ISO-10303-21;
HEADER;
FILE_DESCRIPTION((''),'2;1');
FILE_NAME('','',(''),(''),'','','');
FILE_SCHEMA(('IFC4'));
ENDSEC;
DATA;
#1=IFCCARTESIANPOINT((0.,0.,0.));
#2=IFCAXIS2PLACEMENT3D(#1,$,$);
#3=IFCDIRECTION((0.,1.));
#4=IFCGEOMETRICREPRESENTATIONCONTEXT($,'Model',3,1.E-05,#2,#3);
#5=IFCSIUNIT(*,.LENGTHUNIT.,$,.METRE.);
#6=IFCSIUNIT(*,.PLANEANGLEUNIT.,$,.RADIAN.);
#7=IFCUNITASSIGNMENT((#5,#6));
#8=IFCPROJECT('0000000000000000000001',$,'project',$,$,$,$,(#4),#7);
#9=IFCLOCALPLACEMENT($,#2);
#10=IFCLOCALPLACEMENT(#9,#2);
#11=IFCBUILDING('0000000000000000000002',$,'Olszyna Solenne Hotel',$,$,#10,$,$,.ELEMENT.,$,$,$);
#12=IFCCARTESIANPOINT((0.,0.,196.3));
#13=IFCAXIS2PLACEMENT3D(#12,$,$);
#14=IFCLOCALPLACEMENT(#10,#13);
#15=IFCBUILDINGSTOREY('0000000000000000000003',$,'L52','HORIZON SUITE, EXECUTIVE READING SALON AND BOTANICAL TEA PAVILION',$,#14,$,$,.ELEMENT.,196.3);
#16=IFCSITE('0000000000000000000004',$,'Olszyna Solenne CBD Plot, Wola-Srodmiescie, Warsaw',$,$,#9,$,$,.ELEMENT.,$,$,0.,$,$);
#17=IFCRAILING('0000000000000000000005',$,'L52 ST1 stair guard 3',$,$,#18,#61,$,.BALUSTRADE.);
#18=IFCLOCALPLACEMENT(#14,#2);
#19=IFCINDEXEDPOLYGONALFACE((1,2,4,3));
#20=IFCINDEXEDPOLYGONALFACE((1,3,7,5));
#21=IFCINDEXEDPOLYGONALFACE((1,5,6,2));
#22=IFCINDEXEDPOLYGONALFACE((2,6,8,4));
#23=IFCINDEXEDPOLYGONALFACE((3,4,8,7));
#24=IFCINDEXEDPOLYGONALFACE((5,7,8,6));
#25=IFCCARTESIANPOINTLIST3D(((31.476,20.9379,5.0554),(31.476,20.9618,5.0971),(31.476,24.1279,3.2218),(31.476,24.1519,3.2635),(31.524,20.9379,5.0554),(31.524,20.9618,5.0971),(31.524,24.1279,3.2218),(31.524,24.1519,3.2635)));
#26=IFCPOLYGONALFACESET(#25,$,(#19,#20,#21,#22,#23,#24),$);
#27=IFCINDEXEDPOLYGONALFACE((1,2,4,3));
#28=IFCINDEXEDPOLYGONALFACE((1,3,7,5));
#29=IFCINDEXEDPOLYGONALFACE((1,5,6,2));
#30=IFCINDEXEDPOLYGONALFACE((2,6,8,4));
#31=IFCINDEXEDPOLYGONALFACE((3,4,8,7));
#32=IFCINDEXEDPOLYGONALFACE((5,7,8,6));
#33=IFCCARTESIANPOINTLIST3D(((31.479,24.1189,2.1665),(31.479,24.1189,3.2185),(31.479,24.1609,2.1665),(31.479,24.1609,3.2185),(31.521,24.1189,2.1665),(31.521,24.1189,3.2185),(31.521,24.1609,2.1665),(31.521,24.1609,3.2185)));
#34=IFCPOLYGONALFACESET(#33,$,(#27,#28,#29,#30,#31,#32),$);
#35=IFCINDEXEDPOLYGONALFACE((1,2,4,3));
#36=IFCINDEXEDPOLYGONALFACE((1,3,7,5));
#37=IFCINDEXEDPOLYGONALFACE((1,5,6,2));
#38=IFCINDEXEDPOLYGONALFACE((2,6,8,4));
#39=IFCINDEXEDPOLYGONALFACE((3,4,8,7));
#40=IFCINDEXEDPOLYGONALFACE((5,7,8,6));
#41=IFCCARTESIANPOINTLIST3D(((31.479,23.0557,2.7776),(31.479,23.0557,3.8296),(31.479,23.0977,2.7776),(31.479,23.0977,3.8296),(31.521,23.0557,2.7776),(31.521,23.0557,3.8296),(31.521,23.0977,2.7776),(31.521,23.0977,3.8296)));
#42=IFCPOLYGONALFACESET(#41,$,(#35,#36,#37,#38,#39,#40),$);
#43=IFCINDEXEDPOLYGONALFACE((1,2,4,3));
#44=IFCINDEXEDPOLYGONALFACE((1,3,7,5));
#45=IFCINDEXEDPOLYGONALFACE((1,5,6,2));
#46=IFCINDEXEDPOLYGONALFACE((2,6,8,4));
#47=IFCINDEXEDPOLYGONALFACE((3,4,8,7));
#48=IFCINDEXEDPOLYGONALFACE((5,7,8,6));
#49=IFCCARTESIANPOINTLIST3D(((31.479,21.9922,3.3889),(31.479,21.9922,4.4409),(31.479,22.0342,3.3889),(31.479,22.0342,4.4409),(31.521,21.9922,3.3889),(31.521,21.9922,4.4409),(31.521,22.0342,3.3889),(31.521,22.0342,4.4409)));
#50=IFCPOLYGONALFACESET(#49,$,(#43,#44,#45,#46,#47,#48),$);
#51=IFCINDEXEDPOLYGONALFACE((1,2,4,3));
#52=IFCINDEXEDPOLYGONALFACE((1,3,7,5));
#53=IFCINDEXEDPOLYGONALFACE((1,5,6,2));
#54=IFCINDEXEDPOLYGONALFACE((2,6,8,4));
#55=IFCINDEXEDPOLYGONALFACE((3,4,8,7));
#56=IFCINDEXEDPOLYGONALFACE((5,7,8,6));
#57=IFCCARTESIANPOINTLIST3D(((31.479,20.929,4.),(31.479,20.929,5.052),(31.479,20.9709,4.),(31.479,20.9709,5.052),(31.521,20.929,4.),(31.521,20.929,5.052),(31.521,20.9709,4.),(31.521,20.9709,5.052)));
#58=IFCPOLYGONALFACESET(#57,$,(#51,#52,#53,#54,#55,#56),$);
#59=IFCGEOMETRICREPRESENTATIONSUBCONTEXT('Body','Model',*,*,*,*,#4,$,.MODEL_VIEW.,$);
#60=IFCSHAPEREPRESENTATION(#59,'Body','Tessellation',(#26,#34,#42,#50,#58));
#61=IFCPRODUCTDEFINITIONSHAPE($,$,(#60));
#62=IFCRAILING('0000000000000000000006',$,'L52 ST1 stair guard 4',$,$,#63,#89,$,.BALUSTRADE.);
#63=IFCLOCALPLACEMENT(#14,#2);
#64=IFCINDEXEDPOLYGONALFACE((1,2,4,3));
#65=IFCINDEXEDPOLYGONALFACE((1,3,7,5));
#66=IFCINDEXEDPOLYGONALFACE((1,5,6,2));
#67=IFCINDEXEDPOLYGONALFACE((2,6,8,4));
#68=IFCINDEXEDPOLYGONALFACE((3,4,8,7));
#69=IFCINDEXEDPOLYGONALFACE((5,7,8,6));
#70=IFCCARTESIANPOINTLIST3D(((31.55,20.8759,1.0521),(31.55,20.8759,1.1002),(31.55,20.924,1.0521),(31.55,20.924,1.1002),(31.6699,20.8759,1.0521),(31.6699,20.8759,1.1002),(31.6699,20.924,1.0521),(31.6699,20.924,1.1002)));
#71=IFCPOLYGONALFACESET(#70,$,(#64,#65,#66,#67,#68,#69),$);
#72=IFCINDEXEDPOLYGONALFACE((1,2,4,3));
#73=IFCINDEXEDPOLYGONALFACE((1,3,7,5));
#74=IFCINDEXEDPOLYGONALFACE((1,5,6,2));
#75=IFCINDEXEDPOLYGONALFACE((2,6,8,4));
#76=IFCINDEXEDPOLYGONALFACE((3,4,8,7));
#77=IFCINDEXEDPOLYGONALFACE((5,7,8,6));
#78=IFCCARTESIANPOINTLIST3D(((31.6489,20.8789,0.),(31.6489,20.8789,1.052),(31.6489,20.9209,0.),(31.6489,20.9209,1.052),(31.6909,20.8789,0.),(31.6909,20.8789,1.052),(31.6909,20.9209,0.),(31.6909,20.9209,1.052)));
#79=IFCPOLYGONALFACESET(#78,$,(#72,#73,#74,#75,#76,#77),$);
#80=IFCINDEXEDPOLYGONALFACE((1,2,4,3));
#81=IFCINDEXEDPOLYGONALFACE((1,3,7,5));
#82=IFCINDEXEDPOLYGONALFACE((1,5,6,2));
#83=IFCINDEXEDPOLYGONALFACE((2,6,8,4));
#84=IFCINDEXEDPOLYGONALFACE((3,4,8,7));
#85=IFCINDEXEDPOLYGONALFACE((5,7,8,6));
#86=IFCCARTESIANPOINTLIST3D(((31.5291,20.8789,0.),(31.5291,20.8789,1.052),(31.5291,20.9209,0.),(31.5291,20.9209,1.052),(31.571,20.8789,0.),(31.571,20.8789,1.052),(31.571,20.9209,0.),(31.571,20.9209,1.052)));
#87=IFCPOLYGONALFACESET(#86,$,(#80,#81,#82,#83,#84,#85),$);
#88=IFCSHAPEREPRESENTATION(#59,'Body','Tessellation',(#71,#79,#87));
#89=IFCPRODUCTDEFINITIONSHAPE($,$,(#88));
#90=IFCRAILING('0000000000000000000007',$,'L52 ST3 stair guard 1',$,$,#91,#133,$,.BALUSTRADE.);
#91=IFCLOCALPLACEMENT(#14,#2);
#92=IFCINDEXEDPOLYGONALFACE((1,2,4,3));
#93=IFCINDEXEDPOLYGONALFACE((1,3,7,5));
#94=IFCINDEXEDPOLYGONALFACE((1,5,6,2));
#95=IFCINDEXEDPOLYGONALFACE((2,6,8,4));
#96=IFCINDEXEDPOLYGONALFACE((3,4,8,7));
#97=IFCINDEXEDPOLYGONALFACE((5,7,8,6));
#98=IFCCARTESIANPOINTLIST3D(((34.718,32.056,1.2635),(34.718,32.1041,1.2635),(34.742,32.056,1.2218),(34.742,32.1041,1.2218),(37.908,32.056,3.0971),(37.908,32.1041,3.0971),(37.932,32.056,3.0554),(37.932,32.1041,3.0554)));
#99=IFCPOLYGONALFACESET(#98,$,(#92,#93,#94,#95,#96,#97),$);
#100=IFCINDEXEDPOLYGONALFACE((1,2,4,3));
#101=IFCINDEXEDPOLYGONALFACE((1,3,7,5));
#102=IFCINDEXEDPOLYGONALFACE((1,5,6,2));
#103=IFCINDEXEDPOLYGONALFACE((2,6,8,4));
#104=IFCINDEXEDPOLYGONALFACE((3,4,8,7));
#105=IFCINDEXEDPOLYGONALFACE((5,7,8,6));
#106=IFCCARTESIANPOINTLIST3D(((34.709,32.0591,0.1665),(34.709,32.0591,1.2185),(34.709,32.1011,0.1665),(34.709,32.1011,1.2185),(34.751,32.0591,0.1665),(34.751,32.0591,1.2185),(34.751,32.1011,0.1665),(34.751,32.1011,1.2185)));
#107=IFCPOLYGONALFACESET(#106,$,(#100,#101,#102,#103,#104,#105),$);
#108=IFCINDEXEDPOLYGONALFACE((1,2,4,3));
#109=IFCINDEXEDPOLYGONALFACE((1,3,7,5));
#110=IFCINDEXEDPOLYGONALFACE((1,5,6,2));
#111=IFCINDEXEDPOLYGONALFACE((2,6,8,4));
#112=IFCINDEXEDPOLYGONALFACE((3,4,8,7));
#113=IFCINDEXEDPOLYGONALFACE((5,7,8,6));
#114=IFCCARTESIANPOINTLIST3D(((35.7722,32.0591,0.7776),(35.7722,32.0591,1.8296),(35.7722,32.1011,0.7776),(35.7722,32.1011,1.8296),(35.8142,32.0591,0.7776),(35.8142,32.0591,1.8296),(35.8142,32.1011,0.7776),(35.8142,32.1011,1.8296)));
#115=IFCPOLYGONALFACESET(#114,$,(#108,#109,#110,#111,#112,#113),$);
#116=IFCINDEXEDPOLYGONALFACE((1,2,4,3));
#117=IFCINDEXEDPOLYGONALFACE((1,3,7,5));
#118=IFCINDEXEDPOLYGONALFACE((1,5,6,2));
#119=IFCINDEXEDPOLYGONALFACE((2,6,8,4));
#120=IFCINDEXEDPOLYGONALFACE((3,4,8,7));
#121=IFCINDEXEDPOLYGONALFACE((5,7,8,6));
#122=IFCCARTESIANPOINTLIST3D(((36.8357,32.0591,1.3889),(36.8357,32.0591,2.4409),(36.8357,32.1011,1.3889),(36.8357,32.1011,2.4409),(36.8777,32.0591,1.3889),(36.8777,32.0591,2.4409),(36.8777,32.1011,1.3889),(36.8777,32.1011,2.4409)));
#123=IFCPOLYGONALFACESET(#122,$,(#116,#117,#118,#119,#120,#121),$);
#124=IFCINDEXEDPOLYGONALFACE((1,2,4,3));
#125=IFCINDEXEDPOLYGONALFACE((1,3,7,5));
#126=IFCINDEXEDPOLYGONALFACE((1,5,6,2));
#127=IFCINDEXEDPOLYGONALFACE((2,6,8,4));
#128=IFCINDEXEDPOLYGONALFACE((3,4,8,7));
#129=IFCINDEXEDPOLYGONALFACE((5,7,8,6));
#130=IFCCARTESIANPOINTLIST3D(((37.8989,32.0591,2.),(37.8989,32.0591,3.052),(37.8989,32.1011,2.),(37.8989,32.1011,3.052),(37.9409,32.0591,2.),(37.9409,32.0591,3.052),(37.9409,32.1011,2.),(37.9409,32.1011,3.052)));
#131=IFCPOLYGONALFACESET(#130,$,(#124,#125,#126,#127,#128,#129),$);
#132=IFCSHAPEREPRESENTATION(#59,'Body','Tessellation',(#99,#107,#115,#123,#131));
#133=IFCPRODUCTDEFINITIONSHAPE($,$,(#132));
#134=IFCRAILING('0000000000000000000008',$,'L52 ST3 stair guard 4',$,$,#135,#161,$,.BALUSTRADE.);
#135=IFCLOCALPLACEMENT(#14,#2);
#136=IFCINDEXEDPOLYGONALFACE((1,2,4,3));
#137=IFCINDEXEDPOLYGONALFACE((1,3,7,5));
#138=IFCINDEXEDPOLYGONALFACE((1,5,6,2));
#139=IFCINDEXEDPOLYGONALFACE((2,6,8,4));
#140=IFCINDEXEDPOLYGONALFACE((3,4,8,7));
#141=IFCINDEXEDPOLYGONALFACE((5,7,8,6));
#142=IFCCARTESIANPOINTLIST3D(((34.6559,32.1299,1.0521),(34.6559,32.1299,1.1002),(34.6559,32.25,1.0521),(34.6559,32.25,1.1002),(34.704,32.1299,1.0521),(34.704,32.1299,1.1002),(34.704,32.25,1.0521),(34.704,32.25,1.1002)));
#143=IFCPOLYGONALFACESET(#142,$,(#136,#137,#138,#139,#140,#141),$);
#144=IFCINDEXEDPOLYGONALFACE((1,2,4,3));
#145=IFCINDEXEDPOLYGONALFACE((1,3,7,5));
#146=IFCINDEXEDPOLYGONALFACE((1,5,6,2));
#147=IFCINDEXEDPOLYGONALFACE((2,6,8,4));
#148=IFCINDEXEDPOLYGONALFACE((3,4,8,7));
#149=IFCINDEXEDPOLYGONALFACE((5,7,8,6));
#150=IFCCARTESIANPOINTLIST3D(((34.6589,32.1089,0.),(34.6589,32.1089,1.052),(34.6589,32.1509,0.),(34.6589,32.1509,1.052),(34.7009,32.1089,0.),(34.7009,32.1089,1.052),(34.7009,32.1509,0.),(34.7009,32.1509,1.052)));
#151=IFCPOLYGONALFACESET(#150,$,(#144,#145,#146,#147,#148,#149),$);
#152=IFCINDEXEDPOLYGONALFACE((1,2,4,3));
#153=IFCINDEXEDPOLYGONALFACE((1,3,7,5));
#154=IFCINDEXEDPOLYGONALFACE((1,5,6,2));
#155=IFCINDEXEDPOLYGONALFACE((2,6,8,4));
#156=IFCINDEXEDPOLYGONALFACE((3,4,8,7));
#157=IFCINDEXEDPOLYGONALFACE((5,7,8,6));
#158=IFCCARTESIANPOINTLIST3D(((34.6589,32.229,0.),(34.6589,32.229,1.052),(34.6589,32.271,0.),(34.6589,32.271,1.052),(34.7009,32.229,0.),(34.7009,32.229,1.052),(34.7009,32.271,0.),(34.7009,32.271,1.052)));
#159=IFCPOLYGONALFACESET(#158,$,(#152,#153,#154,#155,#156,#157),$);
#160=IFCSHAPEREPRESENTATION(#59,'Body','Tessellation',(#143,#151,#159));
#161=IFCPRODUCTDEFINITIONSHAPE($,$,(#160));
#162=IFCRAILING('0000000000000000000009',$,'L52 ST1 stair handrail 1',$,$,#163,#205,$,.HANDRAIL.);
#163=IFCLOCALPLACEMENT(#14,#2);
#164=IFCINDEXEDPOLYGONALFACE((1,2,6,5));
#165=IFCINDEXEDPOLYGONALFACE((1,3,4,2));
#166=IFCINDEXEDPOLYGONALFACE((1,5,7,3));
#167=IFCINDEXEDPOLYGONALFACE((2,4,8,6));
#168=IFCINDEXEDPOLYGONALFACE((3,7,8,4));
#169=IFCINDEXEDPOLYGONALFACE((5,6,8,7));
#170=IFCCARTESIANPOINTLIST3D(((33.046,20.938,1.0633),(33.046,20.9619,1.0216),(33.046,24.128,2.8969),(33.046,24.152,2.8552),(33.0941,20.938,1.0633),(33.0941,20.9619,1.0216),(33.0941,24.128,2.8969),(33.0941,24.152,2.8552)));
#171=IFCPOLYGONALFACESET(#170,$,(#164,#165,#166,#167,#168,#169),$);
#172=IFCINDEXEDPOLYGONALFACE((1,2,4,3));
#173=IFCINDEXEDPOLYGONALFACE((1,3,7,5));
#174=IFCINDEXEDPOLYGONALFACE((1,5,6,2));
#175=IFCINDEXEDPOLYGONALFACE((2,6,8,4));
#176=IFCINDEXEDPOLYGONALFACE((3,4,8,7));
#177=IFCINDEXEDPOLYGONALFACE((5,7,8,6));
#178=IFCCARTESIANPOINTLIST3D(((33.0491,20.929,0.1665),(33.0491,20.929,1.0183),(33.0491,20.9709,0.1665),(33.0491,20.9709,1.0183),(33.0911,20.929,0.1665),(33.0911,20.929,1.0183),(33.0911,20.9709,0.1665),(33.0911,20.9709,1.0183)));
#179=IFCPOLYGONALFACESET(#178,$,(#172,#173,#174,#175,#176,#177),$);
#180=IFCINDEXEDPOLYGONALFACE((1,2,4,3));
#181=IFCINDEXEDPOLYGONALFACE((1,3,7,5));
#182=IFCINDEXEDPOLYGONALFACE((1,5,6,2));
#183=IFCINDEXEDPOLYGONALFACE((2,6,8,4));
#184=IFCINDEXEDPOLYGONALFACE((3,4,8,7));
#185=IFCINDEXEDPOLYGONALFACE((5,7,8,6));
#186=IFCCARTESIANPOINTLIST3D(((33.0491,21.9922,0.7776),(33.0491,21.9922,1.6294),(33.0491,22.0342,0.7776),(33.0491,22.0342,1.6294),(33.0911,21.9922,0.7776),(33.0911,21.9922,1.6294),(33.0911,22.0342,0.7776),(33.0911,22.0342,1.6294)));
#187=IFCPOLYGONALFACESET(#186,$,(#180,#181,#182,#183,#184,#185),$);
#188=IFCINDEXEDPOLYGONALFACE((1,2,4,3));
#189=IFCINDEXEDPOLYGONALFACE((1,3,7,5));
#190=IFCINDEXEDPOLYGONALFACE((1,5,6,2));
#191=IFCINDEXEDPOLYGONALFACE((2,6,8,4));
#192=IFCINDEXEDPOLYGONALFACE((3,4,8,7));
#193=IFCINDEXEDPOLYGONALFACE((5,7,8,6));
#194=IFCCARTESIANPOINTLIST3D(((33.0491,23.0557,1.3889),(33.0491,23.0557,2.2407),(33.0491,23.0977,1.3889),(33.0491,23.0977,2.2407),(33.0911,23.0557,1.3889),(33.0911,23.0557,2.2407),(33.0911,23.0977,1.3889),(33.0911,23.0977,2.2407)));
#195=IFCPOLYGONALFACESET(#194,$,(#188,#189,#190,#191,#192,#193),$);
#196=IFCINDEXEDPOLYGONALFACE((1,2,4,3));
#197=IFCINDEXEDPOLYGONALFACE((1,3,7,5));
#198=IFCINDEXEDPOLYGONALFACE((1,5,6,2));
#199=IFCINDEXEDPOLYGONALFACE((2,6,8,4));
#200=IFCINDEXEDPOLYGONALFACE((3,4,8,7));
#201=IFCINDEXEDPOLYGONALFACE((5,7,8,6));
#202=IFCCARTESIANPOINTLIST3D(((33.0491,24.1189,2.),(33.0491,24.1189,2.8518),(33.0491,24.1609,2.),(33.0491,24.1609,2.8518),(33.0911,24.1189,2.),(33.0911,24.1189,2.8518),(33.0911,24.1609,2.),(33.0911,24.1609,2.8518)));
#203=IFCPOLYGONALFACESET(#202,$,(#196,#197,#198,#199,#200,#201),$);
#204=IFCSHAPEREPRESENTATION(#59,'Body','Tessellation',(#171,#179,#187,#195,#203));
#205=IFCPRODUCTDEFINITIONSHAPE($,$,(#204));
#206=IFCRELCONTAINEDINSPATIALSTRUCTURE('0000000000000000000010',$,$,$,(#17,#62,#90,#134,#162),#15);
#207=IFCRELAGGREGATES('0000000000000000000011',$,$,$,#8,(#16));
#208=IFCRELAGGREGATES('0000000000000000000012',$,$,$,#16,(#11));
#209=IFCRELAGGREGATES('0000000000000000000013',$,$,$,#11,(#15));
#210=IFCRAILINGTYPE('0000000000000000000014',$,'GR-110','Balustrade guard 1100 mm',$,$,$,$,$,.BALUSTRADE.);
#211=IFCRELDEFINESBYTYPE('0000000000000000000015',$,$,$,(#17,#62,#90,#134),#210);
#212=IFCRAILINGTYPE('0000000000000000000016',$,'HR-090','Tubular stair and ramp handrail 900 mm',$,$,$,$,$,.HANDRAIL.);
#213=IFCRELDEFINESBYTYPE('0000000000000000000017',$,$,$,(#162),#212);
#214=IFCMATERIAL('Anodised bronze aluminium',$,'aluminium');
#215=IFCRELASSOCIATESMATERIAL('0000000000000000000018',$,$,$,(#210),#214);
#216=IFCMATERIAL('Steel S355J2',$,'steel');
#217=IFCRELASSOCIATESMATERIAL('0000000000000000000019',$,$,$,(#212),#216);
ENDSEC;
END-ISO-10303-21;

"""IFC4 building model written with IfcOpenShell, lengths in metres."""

from ifc_helpers import new_model, si_unit, direction, frame, origin, origin_2d, place, context, subcontext, project, spatial, rectangle, extrude, material, type_object, element, save


model = new_model("IFC4")

# Units and contexts
model_context = context("Model", 3, precision=1e-05, world=origin(), true_north=direction((0.0, 1.0)))
body_context = subcontext(model_context, "Body", "Model", "MODEL_VIEW")
ifc_project = project(units=[si_unit("LENGTHUNIT", "METRE"), si_unit("PLANEANGLEUNIT", "RADIAN")], contexts=[model_context])

# Site, building, storey
site_placement = place(None, origin())
site = spatial("IfcSite", under=ifc_project, at=site_placement, Name="Olszyna Solenne CBD Plot, Wola-Srodmiescie, Warsaw", CompositionType="ELEMENT", RefElevation=0.0)
building_placement = place(site_placement, origin())
building = spatial("IfcBuilding", under=site, at=building_placement, Name="Olszyna Solenne Hotel", CompositionType="ELEMENT")
storey_placement = place(building_placement, frame((0.0, 0.0, 196.3)))
storey = spatial("IfcBuildingStorey", under=building, at=storey_placement, Name="L52", Description="HORIZON SUITE, EXECUTIVE READING SALON AND BOTANICAL TEA PAVILION", CompositionType="ELEMENT", Elevation=196.3)

# Shared definitions
ifc_material_1 = material(Name="Steel S355J2", Category="steel")

# Railings
ifc_material_2 = material(Name="Anodised bronze aluminium", Category="aluminium")
railing_type_1 = type_object("IfcRailingType", Name="GR-110", Description="Balustrade guard 1100 mm", PredefinedType="BALUSTRADE", material=ifc_material_2)
railing_1_placement = place(storey_placement, frame((31.5, 24.1399, 2.1665)))
element("IfcRailing", 1, at=railing_1_placement, inside=storey, type_object=railing_type_1, Name="L52 ST1 stair guard 3", PredefinedType="BALUSTRADE", context=body_context, shape_type="SweptSolid", body=[
    extrude(rectangle(XDim=0.0481, YDim=0.0481, at=origin_2d()), frame((0.0, 0.0, 1.0762), z_axis=(0.0, -0.866991, 0.498324), x_axis=(1.0, 0.0, 0.0)), (0.0, 0.0, 1.0), 3.6794),
    extrude(rectangle(XDim=0.042, YDim=0.042, at=origin_2d()), origin(), (0.0, 0.0, 1.0), 1.052),
    extrude(rectangle(XDim=0.042, YDim=0.042, at=origin_2d()), frame((0.0, -1.0632, 0.6111)), (0.0, 0.0, 1.0), 1.052),
    extrude(rectangle(XDim=0.042, YDim=0.042, at=origin_2d()), frame((0.0, -2.1267, 1.2224)), (0.0, 0.0, 1.0), 1.052),
    extrude(rectangle(XDim=0.042, YDim=0.042, at=origin_2d()), frame((0.0, -3.1899, 1.8335)), (0.0, 0.0, 1.0), 1.052),
])
railing_2_placement = place(storey_placement, frame((31.6699, 20.8999, 0.0)))
element("IfcRailing", 2, at=railing_2_placement, inside=storey, type_object=railing_type_1, Name="L52 ST1 stair guard 4", PredefinedType="BALUSTRADE", context=body_context, shape_type="SweptSolid", body=[
    extrude(rectangle(XDim=0.0481, YDim=0.0481, at=origin_2d()), frame((0.0, 0.0, 1.0762), z_axis=(-1.0, 0.0, 0.0), x_axis=(0.0, -1.0, 0.0)), (0.0, 0.0, 1.0), 0.1199),
    extrude(rectangle(XDim=0.042, YDim=0.042, at=origin_2d()), origin(), (0.0, 0.0, 1.0), 1.052),
    extrude(rectangle(XDim=0.042, YDim=0.042, at=origin_2d()), frame((-0.1199, 0.0, 0.0)), (0.0, 0.0, 1.0), 1.052),
])
railing_3_placement = place(storey_placement, frame((34.73, 32.0801, 0.1665)))
element("IfcRailing", 3, at=railing_3_placement, inside=storey, type_object=railing_type_1, Name="L52 ST3 stair guard 1", PredefinedType="BALUSTRADE", context=body_context, shape_type="SweptSolid", body=[
    extrude(rectangle(XDim=0.0481, YDim=0.0481, at=origin_2d()), frame((0.0, 0.0, 1.0762), z_axis=(0.866991, 0.0, 0.498324), x_axis=(0.0, 1.0, 0.0)), (0.0, 0.0, 1.0), 3.6794),
    extrude(rectangle(XDim=0.042, YDim=0.042, at=origin_2d()), origin(), (0.0, 0.0, 1.0), 1.052),
    extrude(rectangle(XDim=0.042, YDim=0.042, at=origin_2d()), frame((1.0632, 0.0, 0.6111)), (0.0, 0.0, 1.0), 1.052),
    extrude(rectangle(XDim=0.042, YDim=0.042, at=origin_2d()), frame((2.1267, 0.0, 1.2224)), (0.0, 0.0, 1.0), 1.052),
    extrude(rectangle(XDim=0.042, YDim=0.042, at=origin_2d()), frame((3.1899, 0.0, 1.8335)), (0.0, 0.0, 1.0), 1.052),
])
railing_4_placement = place(storey_placement, frame((34.6799, 32.1299, 0.0)))
element("IfcRailing", 4, at=railing_4_placement, inside=storey, type_object=railing_type_1, Name="L52 ST3 stair guard 4", PredefinedType="BALUSTRADE", context=body_context, shape_type="SweptSolid", body=[
    extrude(rectangle(XDim=0.0481, YDim=0.0481, at=origin_2d()), frame((0.0, 0.0, 1.0762), z_axis=(0.0, 1.0, 0.0), x_axis=(-1.0, 0.0, 0.0)), (0.0, 0.0, 1.0), 0.1201),
    extrude(rectangle(XDim=0.042, YDim=0.042, at=origin_2d()), origin(), (0.0, 0.0, 1.0), 1.052),
    extrude(rectangle(XDim=0.042, YDim=0.042, at=origin_2d()), frame((0.0, 0.1201, 0.0)), (0.0, 0.0, 1.0), 1.052),
])
railing_type_2 = type_object("IfcRailingType", Name="HR-090", Description="Tubular stair and ramp handrail 900 mm", PredefinedType="HANDRAIL", material=ifc_material_1)
railing_5_placement = place(storey_placement, frame((33.0701, 20.95, 0.1665)))
element("IfcRailing", 5, at=railing_5_placement, inside=storey, type_object=railing_type_2, Name="L52 ST1 stair handrail 1", PredefinedType="HANDRAIL", context=body_context, shape_type="SweptSolid", body=[
    extrude(rectangle(XDim=0.0481, YDim=0.0481, at=origin_2d()), frame((0.0, 0.0, 0.876), z_axis=(0.0, 0.866991, 0.498324), x_axis=(-1.0, 0.0, 0.0)), (0.0, 0.0, 1.0), 3.6794),
    extrude(rectangle(XDim=0.042, YDim=0.042, at=origin_2d()), origin(), (0.0, 0.0, 1.0), 0.8518),
    extrude(rectangle(XDim=0.042, YDim=0.042, at=origin_2d()), frame((0.0, 1.0632, 0.6111)), (0.0, 0.0, 1.0), 0.8518),
    extrude(rectangle(XDim=0.042, YDim=0.042, at=origin_2d()), frame((0.0, 2.1267, 1.2224)), (0.0, 0.0, 1.0), 0.8518),
    extrude(rectangle(XDim=0.042, YDim=0.042, at=origin_2d()), frame((0.0, 3.1899, 1.8335)), (0.0, 0.0, 1.0), 0.8518),
])

save(model, "model.ifc")
